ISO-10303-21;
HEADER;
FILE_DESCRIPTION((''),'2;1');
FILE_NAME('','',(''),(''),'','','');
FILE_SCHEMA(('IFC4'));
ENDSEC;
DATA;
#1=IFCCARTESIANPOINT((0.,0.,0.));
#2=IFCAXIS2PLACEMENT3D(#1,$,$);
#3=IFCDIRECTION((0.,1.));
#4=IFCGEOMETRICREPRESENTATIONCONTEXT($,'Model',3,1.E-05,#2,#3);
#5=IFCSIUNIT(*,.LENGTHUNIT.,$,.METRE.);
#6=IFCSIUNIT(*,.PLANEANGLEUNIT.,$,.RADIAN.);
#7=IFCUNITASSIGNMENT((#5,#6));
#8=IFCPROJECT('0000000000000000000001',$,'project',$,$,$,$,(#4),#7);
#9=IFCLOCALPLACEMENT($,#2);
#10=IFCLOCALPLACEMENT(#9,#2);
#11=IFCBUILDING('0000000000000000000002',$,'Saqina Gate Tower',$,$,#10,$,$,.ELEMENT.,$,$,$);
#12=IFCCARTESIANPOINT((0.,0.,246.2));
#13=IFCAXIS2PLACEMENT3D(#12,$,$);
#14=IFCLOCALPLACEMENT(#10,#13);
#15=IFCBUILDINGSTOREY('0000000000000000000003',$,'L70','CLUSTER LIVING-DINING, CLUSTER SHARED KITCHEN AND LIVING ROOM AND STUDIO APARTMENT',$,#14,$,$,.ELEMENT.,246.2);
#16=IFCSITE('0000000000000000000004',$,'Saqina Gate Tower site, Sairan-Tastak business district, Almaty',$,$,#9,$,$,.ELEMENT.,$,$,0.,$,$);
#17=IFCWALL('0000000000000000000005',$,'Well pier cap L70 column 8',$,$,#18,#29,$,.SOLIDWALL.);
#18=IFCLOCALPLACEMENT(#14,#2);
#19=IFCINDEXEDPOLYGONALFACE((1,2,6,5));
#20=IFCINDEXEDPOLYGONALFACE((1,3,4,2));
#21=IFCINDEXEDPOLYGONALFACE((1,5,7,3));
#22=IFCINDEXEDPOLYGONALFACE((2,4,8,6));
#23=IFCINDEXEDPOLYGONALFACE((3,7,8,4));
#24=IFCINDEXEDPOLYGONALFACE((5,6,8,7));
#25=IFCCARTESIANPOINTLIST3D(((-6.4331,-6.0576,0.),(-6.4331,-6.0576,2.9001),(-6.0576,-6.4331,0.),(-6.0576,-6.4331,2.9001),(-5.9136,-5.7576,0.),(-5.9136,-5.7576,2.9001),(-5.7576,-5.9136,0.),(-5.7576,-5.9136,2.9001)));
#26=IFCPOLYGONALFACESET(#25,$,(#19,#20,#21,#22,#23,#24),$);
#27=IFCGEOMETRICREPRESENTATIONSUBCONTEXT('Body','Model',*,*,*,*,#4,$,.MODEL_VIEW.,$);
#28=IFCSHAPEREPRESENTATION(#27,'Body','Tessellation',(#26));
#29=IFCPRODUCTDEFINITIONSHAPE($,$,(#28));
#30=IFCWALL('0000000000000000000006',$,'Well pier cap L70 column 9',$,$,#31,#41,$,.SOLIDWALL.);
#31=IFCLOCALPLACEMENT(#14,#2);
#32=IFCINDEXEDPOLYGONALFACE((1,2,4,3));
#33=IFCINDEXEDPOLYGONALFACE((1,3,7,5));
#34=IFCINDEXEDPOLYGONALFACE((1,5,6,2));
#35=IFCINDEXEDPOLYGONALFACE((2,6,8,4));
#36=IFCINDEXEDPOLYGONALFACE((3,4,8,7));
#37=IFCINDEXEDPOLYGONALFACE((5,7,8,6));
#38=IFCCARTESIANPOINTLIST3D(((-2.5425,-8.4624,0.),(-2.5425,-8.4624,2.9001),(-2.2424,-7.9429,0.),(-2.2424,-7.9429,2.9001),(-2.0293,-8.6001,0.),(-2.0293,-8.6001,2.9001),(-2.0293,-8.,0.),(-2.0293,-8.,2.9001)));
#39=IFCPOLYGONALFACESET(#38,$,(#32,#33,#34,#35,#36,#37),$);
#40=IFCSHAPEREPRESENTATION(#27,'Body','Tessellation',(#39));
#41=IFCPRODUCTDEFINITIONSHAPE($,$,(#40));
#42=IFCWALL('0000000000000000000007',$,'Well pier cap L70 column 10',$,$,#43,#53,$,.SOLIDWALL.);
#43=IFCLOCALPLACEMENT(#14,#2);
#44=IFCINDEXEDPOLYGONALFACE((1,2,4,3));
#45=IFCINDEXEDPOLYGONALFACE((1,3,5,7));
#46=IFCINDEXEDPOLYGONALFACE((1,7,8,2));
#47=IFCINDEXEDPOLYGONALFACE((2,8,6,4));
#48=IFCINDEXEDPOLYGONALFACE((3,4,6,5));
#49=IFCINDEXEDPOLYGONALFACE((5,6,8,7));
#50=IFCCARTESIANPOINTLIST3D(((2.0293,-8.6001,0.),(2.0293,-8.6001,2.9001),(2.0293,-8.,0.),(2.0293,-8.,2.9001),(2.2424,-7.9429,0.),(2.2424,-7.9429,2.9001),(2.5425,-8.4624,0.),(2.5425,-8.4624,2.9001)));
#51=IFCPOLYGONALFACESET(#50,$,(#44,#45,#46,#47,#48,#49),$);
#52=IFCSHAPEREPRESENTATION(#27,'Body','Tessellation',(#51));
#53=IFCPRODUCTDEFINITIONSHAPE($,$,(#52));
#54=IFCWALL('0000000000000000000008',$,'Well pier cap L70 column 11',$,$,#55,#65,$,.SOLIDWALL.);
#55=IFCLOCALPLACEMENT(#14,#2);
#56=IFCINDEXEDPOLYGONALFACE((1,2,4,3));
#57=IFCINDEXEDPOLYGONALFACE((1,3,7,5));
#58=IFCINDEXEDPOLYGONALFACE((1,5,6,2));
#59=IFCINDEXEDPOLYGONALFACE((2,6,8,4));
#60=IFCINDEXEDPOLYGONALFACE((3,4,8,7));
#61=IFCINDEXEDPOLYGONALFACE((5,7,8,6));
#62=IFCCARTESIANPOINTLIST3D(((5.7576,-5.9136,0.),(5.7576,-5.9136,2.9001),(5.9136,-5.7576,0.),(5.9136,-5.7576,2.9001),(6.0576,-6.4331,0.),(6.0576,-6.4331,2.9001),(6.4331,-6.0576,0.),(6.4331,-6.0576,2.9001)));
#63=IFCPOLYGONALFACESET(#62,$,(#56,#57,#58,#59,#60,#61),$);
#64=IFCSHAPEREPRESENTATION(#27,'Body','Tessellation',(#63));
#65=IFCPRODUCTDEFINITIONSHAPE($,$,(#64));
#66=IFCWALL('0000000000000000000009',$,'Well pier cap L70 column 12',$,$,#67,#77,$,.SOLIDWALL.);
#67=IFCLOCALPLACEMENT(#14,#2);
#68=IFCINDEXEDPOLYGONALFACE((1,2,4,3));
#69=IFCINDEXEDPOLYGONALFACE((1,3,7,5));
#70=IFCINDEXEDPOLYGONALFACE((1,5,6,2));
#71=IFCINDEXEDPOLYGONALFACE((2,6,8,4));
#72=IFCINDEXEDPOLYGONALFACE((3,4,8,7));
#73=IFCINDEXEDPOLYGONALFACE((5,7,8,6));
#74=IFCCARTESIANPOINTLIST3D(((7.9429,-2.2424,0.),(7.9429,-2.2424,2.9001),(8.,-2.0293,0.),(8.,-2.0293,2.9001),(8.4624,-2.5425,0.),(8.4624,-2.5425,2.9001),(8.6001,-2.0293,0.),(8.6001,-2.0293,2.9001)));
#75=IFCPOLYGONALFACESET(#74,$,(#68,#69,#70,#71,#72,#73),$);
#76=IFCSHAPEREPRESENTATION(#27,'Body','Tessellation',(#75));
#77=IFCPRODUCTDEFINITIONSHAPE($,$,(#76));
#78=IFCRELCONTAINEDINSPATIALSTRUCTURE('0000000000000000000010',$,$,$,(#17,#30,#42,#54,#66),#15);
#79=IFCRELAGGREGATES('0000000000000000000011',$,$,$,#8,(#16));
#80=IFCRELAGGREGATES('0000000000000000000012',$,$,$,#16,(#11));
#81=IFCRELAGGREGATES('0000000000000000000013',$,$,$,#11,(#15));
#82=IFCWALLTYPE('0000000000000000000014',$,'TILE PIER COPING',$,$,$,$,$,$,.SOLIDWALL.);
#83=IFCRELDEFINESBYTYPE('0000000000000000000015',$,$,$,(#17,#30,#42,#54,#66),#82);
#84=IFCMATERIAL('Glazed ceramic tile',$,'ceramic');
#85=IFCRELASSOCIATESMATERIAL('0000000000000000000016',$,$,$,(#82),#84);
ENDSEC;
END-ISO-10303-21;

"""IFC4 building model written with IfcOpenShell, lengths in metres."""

from ifc_helpers import new_model, si_unit, direction, frame, origin, place, context, subcontext, project, spatial, polyline, outline, extrude, material, type_object, element, save


model = new_model("IFC4")

# Units and contexts
model_context = context("Model", 3, precision=1e-05, world=origin(), true_north=direction((0.0, 1.0)))
body_context = subcontext(model_context, "Body", "Model", "MODEL_VIEW")
ifc_project = project(units=[si_unit("LENGTHUNIT", "METRE"), si_unit("PLANEANGLEUNIT", "RADIAN")], contexts=[model_context])

# Site, building, storey
site_placement = place(None, origin())
site = spatial("IfcSite", under=ifc_project, at=site_placement, Name="Saqina Gate Tower site, Sairan-Tastak business district, Almaty", CompositionType="ELEMENT", RefElevation=0.0)
building_placement = place(site_placement, origin())
building = spatial("IfcBuilding", under=site, at=building_placement, Name="Saqina Gate Tower", CompositionType="ELEMENT")
storey_placement = place(building_placement, frame((0.0, 0.0, 246.2)))
storey = spatial("IfcBuildingStorey", under=building, at=storey_placement, Name="L70", Description="CLUSTER LIVING-DINING, CLUSTER SHARED KITCHEN AND LIVING ROOM AND STUDIO APARTMENT", CompositionType="ELEMENT", Elevation=246.2)

# Walls
ifc_material_1 = material(Name="Glazed ceramic tile", Category="ceramic")
wall_type_1 = type_object("IfcWallType", Name="TILE PIER COPING", PredefinedType="SOLIDWALL", material=ifc_material_1)
wall_1_placement = place(storey_placement, origin())
element("IfcWall", 1, at=wall_1_placement, inside=storey, type_object=wall_type_1, Name="Well pier cap L70 column 8", PredefinedType="SOLIDWALL", context=body_context, shape_type="SweptSolid", body=[
    extrude(outline(polyline([(-6.0576, -6.4331), (-5.7576, -5.9136), (-5.9136, -5.7576), (-6.4331, -6.0576), (-6.0576, -6.4331)])), origin(), (0.0, 0.0, 1.0), 2.9001),
])
wall_2_placement = place(storey_placement, origin())
element("IfcWall", 2, at=wall_2_placement, inside=storey, type_object=wall_type_1, Name="Well pier cap L70 column 9", PredefinedType="SOLIDWALL", context=body_context, shape_type="SweptSolid", body=[
    extrude(outline(polyline([(-2.0293, -8.6001), (-2.0293, -8.0), (-2.2424, -7.9429), (-2.5425, -8.4624), (-2.0293, -8.6001)])), origin(), (0.0, 0.0, 1.0), 2.9001),
])
wall_3_placement = place(storey_placement, origin())
element("IfcWall", 3, at=wall_3_placement, inside=storey, type_object=wall_type_1, Name="Well pier cap L70 column 10", PredefinedType="SOLIDWALL", context=body_context, shape_type="SweptSolid", body=[
    extrude(outline(polyline([(2.5425, -8.4624), (2.2424, -7.9429), (2.0293, -8.0), (2.0293, -8.6001), (2.5425, -8.4624)])), origin(), (0.0, 0.0, 1.0), 2.9001),
])
wall_4_placement = place(storey_placement, origin())
element("IfcWall", 4, at=wall_4_placement, inside=storey, type_object=wall_type_1, Name="Well pier cap L70 column 11", PredefinedType="SOLIDWALL", context=body_context, shape_type="SweptSolid", body=[
    extrude(outline(polyline([(6.4331, -6.0576), (5.9136, -5.7576), (5.7576, -5.9136), (6.0576, -6.4331), (6.4331, -6.0576)])), origin(), (0.0, 0.0, 1.0), 2.9001),
])
wall_5_placement = place(storey_placement, origin())
element("IfcWall", 5, at=wall_5_placement, inside=storey, type_object=wall_type_1, Name="Well pier cap L70 column 12", PredefinedType="SOLIDWALL", context=body_context, shape_type="SweptSolid", body=[
    extrude(outline(polyline([(8.6001, -2.0293), (8.0, -2.0293), (7.9429, -2.2424), (8.4624, -2.5425), (8.6001, -2.0293)])), origin(), (0.0, 0.0, 1.0), 2.9001),
])

save(model, "model.ifc")
